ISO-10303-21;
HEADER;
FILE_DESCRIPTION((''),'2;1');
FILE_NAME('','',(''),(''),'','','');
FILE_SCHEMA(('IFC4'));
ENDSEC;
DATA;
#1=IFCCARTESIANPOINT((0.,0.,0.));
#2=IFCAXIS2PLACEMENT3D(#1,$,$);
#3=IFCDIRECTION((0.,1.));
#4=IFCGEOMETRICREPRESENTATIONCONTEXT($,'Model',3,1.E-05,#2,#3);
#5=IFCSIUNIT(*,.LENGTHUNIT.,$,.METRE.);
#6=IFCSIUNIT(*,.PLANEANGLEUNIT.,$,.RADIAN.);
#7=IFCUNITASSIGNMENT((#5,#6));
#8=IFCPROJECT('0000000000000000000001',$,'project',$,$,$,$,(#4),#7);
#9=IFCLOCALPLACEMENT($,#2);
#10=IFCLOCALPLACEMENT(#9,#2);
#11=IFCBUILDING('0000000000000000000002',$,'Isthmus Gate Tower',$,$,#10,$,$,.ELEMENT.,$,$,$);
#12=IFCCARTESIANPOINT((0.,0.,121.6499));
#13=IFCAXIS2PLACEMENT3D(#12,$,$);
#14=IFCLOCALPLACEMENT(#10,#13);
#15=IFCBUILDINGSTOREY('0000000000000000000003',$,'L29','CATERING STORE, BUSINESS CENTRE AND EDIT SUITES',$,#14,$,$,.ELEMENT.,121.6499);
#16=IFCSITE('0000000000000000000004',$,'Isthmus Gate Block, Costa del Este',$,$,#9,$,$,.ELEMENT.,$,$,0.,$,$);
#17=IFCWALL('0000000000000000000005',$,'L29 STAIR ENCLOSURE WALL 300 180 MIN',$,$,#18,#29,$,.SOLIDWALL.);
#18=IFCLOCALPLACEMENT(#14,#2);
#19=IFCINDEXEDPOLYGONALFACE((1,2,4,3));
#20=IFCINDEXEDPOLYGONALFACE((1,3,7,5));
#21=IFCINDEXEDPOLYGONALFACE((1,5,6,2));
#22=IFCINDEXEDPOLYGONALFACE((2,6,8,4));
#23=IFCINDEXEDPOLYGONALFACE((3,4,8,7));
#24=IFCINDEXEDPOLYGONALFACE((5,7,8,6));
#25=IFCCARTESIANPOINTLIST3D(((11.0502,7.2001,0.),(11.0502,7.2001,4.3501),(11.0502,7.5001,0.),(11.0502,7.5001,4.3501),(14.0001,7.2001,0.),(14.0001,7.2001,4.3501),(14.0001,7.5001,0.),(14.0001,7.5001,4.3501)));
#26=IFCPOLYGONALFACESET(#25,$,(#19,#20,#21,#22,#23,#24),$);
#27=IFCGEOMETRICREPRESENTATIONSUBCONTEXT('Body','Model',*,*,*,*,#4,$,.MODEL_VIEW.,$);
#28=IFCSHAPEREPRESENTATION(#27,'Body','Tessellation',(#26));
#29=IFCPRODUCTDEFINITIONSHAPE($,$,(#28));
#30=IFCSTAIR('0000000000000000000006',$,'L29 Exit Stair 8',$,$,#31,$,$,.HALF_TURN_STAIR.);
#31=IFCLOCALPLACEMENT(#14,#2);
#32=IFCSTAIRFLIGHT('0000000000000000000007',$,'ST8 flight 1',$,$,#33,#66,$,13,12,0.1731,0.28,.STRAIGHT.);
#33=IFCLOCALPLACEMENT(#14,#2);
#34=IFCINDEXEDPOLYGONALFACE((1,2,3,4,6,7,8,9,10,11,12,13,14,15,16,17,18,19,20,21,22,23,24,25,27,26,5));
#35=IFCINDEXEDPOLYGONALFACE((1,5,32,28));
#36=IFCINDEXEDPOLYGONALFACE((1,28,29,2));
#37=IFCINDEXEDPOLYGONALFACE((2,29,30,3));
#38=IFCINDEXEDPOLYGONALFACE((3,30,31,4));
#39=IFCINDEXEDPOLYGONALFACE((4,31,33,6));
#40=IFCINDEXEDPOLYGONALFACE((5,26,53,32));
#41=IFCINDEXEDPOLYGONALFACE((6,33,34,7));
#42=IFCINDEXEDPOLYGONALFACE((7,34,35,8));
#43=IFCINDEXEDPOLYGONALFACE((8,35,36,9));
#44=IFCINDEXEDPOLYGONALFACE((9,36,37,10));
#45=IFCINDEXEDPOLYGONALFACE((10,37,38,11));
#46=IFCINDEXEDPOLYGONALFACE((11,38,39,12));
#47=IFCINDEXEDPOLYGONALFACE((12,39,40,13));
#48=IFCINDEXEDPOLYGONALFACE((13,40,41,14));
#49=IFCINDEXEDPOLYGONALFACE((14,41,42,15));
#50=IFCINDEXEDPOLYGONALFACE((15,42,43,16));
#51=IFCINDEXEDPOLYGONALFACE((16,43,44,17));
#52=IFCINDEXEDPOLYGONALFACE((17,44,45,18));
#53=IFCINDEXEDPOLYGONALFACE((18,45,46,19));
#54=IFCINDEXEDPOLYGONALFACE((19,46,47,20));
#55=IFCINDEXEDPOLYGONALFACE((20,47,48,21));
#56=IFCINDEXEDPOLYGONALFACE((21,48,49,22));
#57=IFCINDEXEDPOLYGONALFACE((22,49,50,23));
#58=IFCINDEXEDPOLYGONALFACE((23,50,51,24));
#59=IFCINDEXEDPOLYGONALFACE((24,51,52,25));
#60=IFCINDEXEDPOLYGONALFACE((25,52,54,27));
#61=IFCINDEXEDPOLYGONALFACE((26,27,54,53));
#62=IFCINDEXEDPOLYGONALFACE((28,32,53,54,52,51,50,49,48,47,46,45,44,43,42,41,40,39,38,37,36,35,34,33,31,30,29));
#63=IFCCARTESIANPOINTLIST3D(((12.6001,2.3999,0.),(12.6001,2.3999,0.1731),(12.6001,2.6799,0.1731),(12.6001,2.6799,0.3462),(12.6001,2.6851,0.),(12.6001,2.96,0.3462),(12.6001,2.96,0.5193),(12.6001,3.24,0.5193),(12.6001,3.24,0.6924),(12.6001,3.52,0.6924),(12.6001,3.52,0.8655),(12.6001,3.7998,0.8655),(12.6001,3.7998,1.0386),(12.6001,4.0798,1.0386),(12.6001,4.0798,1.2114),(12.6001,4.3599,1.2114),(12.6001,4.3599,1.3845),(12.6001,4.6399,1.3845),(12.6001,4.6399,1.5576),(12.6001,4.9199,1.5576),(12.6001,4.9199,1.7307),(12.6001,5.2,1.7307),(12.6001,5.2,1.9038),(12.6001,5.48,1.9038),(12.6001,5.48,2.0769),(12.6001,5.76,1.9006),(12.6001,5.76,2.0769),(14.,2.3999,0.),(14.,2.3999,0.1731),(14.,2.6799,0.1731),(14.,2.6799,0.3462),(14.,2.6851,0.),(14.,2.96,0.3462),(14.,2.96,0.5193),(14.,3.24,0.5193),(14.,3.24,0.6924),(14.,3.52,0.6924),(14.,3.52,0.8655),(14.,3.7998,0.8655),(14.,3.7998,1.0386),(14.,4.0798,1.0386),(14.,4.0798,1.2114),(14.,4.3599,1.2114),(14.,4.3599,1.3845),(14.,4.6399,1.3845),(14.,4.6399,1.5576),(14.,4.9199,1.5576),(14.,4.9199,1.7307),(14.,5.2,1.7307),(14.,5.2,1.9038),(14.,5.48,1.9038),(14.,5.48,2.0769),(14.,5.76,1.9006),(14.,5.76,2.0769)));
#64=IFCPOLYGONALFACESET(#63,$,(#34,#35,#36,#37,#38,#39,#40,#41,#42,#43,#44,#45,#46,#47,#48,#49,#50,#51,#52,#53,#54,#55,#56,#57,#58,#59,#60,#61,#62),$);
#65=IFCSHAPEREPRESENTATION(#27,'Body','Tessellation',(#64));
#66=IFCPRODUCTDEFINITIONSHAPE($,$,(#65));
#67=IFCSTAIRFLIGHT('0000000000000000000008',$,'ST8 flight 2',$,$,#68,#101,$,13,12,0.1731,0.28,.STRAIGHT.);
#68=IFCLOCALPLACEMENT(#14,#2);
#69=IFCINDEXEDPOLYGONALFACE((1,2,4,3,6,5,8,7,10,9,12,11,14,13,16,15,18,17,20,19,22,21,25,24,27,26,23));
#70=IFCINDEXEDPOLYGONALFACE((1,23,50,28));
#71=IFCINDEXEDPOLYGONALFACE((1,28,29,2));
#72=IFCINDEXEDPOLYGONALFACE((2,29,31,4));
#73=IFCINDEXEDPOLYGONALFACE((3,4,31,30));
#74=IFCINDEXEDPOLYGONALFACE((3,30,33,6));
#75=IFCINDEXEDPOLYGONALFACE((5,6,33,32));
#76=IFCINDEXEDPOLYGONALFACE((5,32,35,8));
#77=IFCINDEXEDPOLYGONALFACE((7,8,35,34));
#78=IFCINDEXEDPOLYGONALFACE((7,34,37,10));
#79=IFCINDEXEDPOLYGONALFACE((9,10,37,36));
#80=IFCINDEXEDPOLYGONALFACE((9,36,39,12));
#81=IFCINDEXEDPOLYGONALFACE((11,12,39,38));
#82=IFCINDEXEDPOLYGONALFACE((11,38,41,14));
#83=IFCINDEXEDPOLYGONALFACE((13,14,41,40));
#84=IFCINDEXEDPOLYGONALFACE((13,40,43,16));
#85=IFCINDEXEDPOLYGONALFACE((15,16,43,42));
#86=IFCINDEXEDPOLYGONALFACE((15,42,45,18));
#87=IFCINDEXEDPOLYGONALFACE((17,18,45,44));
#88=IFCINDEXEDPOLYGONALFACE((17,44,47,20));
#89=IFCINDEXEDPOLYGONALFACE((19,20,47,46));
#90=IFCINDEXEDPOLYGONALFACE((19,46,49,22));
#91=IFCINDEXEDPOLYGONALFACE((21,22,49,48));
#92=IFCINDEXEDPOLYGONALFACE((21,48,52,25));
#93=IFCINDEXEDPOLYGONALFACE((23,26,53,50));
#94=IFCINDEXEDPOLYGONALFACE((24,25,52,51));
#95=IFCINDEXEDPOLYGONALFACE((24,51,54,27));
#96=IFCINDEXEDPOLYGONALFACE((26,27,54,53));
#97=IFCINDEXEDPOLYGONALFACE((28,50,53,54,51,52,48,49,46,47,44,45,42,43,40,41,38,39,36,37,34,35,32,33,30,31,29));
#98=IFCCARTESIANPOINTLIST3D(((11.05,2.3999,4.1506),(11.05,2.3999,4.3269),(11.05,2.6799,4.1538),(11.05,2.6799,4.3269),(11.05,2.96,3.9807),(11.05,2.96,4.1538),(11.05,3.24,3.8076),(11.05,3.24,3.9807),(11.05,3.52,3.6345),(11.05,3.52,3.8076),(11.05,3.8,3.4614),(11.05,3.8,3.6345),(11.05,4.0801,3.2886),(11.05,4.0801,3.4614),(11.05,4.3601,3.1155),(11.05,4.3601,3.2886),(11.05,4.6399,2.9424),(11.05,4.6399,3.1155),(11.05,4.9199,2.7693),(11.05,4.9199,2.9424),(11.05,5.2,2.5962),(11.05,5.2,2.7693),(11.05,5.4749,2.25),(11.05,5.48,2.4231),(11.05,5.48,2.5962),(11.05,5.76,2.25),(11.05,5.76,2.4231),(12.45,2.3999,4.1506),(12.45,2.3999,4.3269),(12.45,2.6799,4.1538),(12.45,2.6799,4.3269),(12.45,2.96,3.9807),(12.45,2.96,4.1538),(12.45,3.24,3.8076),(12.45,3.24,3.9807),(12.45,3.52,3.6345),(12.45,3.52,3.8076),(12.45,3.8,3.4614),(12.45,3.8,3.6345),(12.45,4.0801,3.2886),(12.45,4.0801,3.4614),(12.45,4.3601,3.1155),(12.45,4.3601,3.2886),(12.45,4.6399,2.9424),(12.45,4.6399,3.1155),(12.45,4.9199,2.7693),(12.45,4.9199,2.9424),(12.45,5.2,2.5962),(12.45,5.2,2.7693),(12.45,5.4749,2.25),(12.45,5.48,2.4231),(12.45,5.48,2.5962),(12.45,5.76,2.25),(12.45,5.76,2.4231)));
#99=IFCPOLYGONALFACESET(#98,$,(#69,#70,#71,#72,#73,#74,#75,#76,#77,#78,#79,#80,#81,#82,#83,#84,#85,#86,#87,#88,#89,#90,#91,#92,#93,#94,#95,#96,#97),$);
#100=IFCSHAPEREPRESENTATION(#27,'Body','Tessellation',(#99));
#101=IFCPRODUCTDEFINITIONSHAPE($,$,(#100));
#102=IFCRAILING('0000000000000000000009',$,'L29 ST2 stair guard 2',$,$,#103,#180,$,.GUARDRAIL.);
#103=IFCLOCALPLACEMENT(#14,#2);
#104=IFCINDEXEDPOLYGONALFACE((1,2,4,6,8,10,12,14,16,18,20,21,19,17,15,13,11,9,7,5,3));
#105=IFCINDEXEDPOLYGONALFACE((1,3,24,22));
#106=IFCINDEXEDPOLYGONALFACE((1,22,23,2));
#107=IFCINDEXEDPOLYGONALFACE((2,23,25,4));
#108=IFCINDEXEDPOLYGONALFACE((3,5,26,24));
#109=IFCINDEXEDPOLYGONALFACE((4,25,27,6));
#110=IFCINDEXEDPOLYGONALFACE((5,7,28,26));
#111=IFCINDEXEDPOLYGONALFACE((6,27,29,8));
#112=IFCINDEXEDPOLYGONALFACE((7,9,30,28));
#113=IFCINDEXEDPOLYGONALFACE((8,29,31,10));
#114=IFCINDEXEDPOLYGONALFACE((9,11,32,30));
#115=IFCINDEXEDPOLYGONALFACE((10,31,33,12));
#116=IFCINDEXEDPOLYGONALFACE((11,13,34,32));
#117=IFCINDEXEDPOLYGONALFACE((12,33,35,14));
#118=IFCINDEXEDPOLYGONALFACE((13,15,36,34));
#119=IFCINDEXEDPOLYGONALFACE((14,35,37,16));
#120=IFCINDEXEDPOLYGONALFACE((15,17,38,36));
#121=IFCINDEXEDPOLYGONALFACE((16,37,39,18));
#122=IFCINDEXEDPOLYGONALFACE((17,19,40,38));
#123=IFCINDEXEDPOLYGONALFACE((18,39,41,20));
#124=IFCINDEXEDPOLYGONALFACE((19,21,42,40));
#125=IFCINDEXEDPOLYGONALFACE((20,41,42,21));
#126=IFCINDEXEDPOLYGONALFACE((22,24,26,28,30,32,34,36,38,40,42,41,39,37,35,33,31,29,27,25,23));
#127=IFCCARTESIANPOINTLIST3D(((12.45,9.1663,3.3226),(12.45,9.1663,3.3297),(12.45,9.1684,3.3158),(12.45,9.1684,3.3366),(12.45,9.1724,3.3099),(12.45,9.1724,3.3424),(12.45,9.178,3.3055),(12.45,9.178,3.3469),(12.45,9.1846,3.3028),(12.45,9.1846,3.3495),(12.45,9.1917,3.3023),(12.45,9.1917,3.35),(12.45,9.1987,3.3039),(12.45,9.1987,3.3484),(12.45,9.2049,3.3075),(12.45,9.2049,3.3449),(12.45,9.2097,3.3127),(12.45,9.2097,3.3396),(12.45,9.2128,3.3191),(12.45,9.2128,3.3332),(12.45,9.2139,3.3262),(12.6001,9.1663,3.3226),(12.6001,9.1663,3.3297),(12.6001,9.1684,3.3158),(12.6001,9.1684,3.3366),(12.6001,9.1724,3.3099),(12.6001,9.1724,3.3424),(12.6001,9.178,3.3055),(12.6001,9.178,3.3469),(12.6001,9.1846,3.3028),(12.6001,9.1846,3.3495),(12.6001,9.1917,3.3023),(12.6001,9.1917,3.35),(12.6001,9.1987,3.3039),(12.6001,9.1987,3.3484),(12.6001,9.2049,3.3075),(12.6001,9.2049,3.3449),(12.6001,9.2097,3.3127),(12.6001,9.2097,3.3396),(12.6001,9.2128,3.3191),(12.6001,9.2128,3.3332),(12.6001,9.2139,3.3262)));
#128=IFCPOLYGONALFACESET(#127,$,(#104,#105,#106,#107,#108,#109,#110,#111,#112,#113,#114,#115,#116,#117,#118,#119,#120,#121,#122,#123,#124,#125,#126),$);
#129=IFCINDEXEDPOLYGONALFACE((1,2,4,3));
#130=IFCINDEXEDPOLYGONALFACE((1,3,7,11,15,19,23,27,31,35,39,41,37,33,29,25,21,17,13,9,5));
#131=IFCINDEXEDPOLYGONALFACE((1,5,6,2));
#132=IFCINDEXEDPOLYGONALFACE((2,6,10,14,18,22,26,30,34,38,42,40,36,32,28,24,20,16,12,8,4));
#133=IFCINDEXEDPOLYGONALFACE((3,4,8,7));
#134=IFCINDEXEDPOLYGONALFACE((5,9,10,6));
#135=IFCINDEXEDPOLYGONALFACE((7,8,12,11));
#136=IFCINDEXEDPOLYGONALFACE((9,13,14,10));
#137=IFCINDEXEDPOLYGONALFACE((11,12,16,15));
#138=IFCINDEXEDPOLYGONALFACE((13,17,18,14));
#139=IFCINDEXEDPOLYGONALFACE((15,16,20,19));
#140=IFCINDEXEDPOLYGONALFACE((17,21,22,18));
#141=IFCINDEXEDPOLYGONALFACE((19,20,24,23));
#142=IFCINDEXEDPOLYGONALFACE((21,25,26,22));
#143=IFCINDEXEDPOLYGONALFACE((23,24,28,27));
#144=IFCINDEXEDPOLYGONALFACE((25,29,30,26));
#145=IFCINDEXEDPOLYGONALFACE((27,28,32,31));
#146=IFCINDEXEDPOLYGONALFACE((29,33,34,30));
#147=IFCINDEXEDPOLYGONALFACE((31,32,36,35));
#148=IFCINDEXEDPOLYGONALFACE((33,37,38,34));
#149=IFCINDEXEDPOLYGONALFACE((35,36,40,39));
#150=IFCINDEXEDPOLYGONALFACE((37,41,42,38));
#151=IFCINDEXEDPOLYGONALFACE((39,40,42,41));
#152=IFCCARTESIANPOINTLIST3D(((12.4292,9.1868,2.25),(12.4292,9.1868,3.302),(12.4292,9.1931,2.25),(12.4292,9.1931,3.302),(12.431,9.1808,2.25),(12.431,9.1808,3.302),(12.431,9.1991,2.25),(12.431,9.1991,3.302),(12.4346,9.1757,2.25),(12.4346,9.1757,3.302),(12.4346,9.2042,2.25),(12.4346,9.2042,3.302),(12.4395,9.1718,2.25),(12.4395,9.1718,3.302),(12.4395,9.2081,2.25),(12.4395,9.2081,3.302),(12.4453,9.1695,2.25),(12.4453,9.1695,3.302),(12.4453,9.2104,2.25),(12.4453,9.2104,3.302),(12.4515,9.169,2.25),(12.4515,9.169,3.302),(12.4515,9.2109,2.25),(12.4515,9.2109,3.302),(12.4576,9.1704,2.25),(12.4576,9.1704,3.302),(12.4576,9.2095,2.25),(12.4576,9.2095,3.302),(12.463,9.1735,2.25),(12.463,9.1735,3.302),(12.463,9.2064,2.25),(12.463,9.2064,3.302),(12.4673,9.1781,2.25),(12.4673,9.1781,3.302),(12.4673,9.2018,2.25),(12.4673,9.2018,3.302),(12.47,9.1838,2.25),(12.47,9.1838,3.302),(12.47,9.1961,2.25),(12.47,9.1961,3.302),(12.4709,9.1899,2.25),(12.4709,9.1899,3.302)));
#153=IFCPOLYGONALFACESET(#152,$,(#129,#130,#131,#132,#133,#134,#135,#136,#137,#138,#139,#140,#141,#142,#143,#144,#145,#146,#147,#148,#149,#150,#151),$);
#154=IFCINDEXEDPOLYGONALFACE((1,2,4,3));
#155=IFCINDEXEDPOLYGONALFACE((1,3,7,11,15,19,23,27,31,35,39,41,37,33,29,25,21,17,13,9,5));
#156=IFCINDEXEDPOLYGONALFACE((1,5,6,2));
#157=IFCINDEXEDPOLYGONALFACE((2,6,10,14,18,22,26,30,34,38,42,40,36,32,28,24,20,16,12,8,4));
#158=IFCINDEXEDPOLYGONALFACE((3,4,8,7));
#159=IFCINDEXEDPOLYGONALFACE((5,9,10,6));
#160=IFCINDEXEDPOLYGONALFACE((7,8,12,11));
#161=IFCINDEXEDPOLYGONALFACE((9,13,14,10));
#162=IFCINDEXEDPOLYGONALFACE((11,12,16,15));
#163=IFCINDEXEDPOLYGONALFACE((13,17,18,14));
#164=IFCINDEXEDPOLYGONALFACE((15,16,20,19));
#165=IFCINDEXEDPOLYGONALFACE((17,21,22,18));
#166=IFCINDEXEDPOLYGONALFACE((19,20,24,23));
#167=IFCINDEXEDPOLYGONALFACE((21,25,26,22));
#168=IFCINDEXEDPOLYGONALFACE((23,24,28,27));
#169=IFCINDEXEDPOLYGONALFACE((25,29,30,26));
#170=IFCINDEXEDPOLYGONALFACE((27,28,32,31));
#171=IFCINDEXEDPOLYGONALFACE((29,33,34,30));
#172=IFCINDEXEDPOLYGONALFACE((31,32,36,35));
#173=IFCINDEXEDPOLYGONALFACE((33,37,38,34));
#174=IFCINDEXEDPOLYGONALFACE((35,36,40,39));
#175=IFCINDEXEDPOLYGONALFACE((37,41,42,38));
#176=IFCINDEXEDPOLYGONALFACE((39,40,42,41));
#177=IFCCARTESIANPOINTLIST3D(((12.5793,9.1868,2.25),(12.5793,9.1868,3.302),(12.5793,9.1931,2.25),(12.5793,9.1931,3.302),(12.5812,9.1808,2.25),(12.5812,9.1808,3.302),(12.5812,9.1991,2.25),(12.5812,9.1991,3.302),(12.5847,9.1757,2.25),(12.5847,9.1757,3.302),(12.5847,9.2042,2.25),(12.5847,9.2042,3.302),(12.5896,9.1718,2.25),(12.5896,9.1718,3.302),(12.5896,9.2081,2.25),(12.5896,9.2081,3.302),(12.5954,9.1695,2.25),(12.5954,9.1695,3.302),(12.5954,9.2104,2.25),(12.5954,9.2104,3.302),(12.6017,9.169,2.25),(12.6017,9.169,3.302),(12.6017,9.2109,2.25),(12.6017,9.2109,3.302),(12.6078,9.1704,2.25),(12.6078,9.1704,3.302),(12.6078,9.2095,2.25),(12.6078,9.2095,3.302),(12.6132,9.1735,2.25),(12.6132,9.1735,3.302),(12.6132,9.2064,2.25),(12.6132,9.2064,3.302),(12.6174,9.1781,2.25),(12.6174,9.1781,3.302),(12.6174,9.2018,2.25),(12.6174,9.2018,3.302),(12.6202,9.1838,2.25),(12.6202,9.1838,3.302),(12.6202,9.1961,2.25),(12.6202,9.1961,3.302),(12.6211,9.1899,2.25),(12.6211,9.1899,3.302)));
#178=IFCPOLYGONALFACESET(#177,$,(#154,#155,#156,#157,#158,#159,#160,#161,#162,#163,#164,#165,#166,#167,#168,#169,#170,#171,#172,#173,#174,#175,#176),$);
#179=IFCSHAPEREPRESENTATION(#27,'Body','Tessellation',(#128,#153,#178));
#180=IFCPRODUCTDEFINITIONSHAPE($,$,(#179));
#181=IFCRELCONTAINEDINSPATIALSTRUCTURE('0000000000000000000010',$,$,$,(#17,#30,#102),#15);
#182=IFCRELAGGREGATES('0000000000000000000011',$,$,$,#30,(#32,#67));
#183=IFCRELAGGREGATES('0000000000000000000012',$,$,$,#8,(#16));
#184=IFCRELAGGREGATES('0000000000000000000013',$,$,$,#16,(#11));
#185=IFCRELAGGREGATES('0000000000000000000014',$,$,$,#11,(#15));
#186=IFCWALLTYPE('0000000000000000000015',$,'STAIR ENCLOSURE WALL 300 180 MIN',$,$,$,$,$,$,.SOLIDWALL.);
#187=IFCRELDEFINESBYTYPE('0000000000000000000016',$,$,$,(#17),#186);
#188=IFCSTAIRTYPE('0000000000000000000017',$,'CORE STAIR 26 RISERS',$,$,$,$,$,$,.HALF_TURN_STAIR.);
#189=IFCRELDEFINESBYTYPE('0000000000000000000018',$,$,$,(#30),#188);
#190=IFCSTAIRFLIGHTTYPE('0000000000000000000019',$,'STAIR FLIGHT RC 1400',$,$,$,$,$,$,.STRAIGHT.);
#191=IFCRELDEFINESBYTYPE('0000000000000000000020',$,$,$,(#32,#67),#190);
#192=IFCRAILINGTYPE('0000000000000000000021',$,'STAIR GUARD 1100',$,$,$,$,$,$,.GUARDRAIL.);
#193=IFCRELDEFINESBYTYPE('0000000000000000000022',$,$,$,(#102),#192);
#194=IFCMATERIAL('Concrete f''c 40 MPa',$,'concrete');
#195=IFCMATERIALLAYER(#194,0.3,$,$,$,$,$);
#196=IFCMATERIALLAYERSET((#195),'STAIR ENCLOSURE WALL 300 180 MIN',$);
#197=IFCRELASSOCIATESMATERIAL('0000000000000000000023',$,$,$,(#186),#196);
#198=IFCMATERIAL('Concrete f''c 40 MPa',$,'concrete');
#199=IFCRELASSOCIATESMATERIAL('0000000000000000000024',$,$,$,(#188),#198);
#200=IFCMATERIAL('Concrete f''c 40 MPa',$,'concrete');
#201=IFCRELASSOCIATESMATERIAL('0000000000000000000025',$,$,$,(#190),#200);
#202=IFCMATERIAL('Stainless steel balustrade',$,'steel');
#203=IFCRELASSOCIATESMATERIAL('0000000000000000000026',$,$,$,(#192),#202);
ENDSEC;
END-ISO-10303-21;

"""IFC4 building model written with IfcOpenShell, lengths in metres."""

from ifc_helpers import new_model, si_unit, direction, frame, frame_2d, origin, origin_2d, place, context, subcontext, project, spatial, polyline, rectangle, circle, outline, extrude, material, layer, layer_set, type_object, element, aggregate, save


model = new_model("IFC4")

# Units and contexts
model_context = context("Model", 3, precision=1e-05, world=origin(), true_north=direction((0.0, 1.0)))
body_context = subcontext(model_context, "Body", "Model", "MODEL_VIEW")
ifc_project = project(units=[si_unit("LENGTHUNIT", "METRE"), si_unit("PLANEANGLEUNIT", "RADIAN")], contexts=[model_context])

# Site, building, storey
site_placement = place(None, origin())
site = spatial("IfcSite", under=ifc_project, at=site_placement, Name="Isthmus Gate Block, Costa del Este", CompositionType="ELEMENT", RefElevation=0.0)
building_placement = place(site_placement, origin())
building = spatial("IfcBuilding", under=site, at=building_placement, Name="Isthmus Gate Tower", CompositionType="ELEMENT")
storey_placement = place(building_placement, frame((0.0, 0.0, 121.6499)))
storey = spatial("IfcBuildingStorey", under=building, at=storey_placement, Name="L29", Description="CATERING STORE, BUSINESS CENTRE AND EDIT SUITES", CompositionType="ELEMENT", Elevation=121.6499)

# Wall
ifc_material_1 = material(Name="Concrete f'c 40 MPa", Category="concrete")
ifc_layer_1 = layer(ifc_material_1, 0.3)
ifc_layer_set_1 = layer_set([ifc_layer_1], Name="STAIR ENCLOSURE WALL 300 180 MIN")
wall_type_1 = type_object("IfcWallType", Name="STAIR ENCLOSURE WALL 300 180 MIN", PredefinedType="SOLIDWALL", material=ifc_layer_set_1)
wall_1_placement = place(storey_placement, frame((11.05, 7.3501, 0.0), z_axis=(0.0, 0.0, 1.0), x_axis=(1.0, 0.0, 0.0)))
element("IfcWall", 1, at=wall_1_placement, inside=storey, type_object=wall_type_1, Name="L29 STAIR ENCLOSURE WALL 300 180 MIN", PredefinedType="SOLIDWALL", context=body_context, shape_type="SweptSolid", body=[
    extrude(rectangle(XDim=2.95, YDim=0.3, at=frame_2d((1.4751, 0.0))), origin(), (0.0, 0.0, 1.0), 4.3501),
])

# Stair, stair flights
ifc_material_2 = material(Name="Concrete f'c 40 MPa", Category="concrete")
stair_type = type_object("IfcStairType", Name="CORE STAIR 26 RISERS", PredefinedType="HALF_TURN_STAIR", material=ifc_material_2)
stair_placement = place(storey_placement, origin())
stair = element("IfcStair", 2, at=stair_placement, inside=storey, type_object=stair_type, Name="L29 Exit Stair 8", PredefinedType="HALF_TURN_STAIR")
ifc_material_3 = material(Name="Concrete f'c 40 MPa", Category="concrete")
stair_flight_type = type_object("IfcStairFlightType", Name="STAIR FLIGHT RC 1400", PredefinedType="STRAIGHT", material=ifc_material_3)
stair_flight_1_placement = place(storey_placement, frame((13.3, 2.3999, 0.0), z_axis=(0.0, 0.0, 1.0), x_axis=(0.0, 1.0, 0.0)))
stair_flight_1 = element("IfcStairFlight", 3, at=stair_flight_1_placement, type_object=stair_flight_type, Name="ST8 flight 1", NumberOfRisers=13, NumberOfTreads=12, PredefinedType="STRAIGHT", RiserHeight=0.1731, TreadLength=0.28, context=body_context, shape_type="SweptSolid", body=[
    extrude(outline(polyline([(0.0, 0.0), (0.0, 0.1731), (0.28, 0.1731), (0.28, 0.3462), (0.5601, 0.3462), (0.5601, 0.5193), (0.8401, 0.5193), (0.8401, 0.6924), (1.1201, 0.6924), (1.1201, 0.8655), (1.3999, 0.8655), (1.3999, 1.0386), (1.6799, 1.0386), (1.6799, 1.2114), (1.96, 1.2114), (1.96, 1.3845), (2.24, 1.3845), (2.24, 1.5576), (2.52, 1.5576), (2.52, 1.7307), (2.8, 1.7307), (2.8, 1.9038), (3.0801, 1.9038), (3.0801, 2.0769), (3.3601, 2.0769), (3.3601, 2.25), (3.3601, 1.9006), (0.2852, 0.0), (0.0, 0.0)])), frame((0.0, 0.7, 0.0), z_axis=(0.0, -1.0, 0.0), x_axis=(1.0, 0.0, 0.0)), (0.0, 0.0, 1.0), 1.3999),
])
stair_flight_2_placement = place(storey_placement, frame((11.75, 5.76, 2.25), z_axis=(0.0, 0.0, 1.0), x_axis=(0.0, -1.0, 0.0)))
stair_flight_2 = element("IfcStairFlight", 4, at=stair_flight_2_placement, type_object=stair_flight_type, Name="ST8 flight 2", NumberOfRisers=13, NumberOfTreads=12, PredefinedType="STRAIGHT", RiserHeight=0.1731, TreadLength=0.28, context=body_context, shape_type="SweptSolid", body=[
    extrude(outline(polyline([(0.0, 0.0), (0.0, 0.1731), (0.28, 0.1731), (0.28, 0.3462), (0.5601, 0.3462), (0.5601, 0.5193), (0.8401, 0.5193), (0.8401, 0.6924), (1.1201, 0.6924), (1.1201, 0.8655), (1.3999, 0.8655), (1.3999, 1.0386), (1.6799, 1.0386), (1.6799, 1.2114), (1.96, 1.2114), (1.96, 1.3845), (2.24, 1.3845), (2.24, 1.5576), (2.52, 1.5576), (2.52, 1.7307), (2.8, 1.7307), (2.8, 1.9038), (3.0801, 1.9038), (3.0801, 2.0769), (3.3601, 2.0769), (3.3601, 2.25), (3.3601, 1.9006), (0.2852, 0.0), (0.0, 0.0)])), frame((0.0, 0.7, 0.0), z_axis=(0.0, -1.0, 0.0), x_axis=(1.0, 0.0, 0.0)), (0.0, 0.0, 1.0), 1.3999),
])
aggregate(stair, [stair_flight_1, stair_flight_2])

# Railing
ifc_material_4 = material(Name="Stainless steel balustrade", Category="steel")
railing_type_1 = type_object("IfcRailingType", Name="STAIR GUARD 1100", PredefinedType="GUARDRAIL", material=ifc_material_4)
railing_1_placement = place(storey_placement, frame((12.45, 9.1899, 2.25)))
element("IfcRailing", 5, at=railing_1_placement, inside=storey, type_object=railing_type_1, Name="L29 ST2 stair guard 2", PredefinedType="GUARDRAIL", context=body_context, shape_type="SweptSolid", body=[
    extrude(circle(Radius=0.0239, at=origin_2d()), frame((0.0, 0.0, 1.0762), z_axis=(1.0, 0.0, 0.0), x_axis=(0.0, 1.0, 0.0)), (0.0, 0.0, 1.0), 0.1501),
    extrude(circle(Radius=0.021, at=origin_2d()), origin(), (0.0, 0.0, 1.0), 1.052),
    extrude(circle(Radius=0.021, at=origin_2d()), frame((0.1501, 0.0, 0.0)), (0.0, 0.0, 1.0), 1.052),
])

save(model, "model.ifc")
